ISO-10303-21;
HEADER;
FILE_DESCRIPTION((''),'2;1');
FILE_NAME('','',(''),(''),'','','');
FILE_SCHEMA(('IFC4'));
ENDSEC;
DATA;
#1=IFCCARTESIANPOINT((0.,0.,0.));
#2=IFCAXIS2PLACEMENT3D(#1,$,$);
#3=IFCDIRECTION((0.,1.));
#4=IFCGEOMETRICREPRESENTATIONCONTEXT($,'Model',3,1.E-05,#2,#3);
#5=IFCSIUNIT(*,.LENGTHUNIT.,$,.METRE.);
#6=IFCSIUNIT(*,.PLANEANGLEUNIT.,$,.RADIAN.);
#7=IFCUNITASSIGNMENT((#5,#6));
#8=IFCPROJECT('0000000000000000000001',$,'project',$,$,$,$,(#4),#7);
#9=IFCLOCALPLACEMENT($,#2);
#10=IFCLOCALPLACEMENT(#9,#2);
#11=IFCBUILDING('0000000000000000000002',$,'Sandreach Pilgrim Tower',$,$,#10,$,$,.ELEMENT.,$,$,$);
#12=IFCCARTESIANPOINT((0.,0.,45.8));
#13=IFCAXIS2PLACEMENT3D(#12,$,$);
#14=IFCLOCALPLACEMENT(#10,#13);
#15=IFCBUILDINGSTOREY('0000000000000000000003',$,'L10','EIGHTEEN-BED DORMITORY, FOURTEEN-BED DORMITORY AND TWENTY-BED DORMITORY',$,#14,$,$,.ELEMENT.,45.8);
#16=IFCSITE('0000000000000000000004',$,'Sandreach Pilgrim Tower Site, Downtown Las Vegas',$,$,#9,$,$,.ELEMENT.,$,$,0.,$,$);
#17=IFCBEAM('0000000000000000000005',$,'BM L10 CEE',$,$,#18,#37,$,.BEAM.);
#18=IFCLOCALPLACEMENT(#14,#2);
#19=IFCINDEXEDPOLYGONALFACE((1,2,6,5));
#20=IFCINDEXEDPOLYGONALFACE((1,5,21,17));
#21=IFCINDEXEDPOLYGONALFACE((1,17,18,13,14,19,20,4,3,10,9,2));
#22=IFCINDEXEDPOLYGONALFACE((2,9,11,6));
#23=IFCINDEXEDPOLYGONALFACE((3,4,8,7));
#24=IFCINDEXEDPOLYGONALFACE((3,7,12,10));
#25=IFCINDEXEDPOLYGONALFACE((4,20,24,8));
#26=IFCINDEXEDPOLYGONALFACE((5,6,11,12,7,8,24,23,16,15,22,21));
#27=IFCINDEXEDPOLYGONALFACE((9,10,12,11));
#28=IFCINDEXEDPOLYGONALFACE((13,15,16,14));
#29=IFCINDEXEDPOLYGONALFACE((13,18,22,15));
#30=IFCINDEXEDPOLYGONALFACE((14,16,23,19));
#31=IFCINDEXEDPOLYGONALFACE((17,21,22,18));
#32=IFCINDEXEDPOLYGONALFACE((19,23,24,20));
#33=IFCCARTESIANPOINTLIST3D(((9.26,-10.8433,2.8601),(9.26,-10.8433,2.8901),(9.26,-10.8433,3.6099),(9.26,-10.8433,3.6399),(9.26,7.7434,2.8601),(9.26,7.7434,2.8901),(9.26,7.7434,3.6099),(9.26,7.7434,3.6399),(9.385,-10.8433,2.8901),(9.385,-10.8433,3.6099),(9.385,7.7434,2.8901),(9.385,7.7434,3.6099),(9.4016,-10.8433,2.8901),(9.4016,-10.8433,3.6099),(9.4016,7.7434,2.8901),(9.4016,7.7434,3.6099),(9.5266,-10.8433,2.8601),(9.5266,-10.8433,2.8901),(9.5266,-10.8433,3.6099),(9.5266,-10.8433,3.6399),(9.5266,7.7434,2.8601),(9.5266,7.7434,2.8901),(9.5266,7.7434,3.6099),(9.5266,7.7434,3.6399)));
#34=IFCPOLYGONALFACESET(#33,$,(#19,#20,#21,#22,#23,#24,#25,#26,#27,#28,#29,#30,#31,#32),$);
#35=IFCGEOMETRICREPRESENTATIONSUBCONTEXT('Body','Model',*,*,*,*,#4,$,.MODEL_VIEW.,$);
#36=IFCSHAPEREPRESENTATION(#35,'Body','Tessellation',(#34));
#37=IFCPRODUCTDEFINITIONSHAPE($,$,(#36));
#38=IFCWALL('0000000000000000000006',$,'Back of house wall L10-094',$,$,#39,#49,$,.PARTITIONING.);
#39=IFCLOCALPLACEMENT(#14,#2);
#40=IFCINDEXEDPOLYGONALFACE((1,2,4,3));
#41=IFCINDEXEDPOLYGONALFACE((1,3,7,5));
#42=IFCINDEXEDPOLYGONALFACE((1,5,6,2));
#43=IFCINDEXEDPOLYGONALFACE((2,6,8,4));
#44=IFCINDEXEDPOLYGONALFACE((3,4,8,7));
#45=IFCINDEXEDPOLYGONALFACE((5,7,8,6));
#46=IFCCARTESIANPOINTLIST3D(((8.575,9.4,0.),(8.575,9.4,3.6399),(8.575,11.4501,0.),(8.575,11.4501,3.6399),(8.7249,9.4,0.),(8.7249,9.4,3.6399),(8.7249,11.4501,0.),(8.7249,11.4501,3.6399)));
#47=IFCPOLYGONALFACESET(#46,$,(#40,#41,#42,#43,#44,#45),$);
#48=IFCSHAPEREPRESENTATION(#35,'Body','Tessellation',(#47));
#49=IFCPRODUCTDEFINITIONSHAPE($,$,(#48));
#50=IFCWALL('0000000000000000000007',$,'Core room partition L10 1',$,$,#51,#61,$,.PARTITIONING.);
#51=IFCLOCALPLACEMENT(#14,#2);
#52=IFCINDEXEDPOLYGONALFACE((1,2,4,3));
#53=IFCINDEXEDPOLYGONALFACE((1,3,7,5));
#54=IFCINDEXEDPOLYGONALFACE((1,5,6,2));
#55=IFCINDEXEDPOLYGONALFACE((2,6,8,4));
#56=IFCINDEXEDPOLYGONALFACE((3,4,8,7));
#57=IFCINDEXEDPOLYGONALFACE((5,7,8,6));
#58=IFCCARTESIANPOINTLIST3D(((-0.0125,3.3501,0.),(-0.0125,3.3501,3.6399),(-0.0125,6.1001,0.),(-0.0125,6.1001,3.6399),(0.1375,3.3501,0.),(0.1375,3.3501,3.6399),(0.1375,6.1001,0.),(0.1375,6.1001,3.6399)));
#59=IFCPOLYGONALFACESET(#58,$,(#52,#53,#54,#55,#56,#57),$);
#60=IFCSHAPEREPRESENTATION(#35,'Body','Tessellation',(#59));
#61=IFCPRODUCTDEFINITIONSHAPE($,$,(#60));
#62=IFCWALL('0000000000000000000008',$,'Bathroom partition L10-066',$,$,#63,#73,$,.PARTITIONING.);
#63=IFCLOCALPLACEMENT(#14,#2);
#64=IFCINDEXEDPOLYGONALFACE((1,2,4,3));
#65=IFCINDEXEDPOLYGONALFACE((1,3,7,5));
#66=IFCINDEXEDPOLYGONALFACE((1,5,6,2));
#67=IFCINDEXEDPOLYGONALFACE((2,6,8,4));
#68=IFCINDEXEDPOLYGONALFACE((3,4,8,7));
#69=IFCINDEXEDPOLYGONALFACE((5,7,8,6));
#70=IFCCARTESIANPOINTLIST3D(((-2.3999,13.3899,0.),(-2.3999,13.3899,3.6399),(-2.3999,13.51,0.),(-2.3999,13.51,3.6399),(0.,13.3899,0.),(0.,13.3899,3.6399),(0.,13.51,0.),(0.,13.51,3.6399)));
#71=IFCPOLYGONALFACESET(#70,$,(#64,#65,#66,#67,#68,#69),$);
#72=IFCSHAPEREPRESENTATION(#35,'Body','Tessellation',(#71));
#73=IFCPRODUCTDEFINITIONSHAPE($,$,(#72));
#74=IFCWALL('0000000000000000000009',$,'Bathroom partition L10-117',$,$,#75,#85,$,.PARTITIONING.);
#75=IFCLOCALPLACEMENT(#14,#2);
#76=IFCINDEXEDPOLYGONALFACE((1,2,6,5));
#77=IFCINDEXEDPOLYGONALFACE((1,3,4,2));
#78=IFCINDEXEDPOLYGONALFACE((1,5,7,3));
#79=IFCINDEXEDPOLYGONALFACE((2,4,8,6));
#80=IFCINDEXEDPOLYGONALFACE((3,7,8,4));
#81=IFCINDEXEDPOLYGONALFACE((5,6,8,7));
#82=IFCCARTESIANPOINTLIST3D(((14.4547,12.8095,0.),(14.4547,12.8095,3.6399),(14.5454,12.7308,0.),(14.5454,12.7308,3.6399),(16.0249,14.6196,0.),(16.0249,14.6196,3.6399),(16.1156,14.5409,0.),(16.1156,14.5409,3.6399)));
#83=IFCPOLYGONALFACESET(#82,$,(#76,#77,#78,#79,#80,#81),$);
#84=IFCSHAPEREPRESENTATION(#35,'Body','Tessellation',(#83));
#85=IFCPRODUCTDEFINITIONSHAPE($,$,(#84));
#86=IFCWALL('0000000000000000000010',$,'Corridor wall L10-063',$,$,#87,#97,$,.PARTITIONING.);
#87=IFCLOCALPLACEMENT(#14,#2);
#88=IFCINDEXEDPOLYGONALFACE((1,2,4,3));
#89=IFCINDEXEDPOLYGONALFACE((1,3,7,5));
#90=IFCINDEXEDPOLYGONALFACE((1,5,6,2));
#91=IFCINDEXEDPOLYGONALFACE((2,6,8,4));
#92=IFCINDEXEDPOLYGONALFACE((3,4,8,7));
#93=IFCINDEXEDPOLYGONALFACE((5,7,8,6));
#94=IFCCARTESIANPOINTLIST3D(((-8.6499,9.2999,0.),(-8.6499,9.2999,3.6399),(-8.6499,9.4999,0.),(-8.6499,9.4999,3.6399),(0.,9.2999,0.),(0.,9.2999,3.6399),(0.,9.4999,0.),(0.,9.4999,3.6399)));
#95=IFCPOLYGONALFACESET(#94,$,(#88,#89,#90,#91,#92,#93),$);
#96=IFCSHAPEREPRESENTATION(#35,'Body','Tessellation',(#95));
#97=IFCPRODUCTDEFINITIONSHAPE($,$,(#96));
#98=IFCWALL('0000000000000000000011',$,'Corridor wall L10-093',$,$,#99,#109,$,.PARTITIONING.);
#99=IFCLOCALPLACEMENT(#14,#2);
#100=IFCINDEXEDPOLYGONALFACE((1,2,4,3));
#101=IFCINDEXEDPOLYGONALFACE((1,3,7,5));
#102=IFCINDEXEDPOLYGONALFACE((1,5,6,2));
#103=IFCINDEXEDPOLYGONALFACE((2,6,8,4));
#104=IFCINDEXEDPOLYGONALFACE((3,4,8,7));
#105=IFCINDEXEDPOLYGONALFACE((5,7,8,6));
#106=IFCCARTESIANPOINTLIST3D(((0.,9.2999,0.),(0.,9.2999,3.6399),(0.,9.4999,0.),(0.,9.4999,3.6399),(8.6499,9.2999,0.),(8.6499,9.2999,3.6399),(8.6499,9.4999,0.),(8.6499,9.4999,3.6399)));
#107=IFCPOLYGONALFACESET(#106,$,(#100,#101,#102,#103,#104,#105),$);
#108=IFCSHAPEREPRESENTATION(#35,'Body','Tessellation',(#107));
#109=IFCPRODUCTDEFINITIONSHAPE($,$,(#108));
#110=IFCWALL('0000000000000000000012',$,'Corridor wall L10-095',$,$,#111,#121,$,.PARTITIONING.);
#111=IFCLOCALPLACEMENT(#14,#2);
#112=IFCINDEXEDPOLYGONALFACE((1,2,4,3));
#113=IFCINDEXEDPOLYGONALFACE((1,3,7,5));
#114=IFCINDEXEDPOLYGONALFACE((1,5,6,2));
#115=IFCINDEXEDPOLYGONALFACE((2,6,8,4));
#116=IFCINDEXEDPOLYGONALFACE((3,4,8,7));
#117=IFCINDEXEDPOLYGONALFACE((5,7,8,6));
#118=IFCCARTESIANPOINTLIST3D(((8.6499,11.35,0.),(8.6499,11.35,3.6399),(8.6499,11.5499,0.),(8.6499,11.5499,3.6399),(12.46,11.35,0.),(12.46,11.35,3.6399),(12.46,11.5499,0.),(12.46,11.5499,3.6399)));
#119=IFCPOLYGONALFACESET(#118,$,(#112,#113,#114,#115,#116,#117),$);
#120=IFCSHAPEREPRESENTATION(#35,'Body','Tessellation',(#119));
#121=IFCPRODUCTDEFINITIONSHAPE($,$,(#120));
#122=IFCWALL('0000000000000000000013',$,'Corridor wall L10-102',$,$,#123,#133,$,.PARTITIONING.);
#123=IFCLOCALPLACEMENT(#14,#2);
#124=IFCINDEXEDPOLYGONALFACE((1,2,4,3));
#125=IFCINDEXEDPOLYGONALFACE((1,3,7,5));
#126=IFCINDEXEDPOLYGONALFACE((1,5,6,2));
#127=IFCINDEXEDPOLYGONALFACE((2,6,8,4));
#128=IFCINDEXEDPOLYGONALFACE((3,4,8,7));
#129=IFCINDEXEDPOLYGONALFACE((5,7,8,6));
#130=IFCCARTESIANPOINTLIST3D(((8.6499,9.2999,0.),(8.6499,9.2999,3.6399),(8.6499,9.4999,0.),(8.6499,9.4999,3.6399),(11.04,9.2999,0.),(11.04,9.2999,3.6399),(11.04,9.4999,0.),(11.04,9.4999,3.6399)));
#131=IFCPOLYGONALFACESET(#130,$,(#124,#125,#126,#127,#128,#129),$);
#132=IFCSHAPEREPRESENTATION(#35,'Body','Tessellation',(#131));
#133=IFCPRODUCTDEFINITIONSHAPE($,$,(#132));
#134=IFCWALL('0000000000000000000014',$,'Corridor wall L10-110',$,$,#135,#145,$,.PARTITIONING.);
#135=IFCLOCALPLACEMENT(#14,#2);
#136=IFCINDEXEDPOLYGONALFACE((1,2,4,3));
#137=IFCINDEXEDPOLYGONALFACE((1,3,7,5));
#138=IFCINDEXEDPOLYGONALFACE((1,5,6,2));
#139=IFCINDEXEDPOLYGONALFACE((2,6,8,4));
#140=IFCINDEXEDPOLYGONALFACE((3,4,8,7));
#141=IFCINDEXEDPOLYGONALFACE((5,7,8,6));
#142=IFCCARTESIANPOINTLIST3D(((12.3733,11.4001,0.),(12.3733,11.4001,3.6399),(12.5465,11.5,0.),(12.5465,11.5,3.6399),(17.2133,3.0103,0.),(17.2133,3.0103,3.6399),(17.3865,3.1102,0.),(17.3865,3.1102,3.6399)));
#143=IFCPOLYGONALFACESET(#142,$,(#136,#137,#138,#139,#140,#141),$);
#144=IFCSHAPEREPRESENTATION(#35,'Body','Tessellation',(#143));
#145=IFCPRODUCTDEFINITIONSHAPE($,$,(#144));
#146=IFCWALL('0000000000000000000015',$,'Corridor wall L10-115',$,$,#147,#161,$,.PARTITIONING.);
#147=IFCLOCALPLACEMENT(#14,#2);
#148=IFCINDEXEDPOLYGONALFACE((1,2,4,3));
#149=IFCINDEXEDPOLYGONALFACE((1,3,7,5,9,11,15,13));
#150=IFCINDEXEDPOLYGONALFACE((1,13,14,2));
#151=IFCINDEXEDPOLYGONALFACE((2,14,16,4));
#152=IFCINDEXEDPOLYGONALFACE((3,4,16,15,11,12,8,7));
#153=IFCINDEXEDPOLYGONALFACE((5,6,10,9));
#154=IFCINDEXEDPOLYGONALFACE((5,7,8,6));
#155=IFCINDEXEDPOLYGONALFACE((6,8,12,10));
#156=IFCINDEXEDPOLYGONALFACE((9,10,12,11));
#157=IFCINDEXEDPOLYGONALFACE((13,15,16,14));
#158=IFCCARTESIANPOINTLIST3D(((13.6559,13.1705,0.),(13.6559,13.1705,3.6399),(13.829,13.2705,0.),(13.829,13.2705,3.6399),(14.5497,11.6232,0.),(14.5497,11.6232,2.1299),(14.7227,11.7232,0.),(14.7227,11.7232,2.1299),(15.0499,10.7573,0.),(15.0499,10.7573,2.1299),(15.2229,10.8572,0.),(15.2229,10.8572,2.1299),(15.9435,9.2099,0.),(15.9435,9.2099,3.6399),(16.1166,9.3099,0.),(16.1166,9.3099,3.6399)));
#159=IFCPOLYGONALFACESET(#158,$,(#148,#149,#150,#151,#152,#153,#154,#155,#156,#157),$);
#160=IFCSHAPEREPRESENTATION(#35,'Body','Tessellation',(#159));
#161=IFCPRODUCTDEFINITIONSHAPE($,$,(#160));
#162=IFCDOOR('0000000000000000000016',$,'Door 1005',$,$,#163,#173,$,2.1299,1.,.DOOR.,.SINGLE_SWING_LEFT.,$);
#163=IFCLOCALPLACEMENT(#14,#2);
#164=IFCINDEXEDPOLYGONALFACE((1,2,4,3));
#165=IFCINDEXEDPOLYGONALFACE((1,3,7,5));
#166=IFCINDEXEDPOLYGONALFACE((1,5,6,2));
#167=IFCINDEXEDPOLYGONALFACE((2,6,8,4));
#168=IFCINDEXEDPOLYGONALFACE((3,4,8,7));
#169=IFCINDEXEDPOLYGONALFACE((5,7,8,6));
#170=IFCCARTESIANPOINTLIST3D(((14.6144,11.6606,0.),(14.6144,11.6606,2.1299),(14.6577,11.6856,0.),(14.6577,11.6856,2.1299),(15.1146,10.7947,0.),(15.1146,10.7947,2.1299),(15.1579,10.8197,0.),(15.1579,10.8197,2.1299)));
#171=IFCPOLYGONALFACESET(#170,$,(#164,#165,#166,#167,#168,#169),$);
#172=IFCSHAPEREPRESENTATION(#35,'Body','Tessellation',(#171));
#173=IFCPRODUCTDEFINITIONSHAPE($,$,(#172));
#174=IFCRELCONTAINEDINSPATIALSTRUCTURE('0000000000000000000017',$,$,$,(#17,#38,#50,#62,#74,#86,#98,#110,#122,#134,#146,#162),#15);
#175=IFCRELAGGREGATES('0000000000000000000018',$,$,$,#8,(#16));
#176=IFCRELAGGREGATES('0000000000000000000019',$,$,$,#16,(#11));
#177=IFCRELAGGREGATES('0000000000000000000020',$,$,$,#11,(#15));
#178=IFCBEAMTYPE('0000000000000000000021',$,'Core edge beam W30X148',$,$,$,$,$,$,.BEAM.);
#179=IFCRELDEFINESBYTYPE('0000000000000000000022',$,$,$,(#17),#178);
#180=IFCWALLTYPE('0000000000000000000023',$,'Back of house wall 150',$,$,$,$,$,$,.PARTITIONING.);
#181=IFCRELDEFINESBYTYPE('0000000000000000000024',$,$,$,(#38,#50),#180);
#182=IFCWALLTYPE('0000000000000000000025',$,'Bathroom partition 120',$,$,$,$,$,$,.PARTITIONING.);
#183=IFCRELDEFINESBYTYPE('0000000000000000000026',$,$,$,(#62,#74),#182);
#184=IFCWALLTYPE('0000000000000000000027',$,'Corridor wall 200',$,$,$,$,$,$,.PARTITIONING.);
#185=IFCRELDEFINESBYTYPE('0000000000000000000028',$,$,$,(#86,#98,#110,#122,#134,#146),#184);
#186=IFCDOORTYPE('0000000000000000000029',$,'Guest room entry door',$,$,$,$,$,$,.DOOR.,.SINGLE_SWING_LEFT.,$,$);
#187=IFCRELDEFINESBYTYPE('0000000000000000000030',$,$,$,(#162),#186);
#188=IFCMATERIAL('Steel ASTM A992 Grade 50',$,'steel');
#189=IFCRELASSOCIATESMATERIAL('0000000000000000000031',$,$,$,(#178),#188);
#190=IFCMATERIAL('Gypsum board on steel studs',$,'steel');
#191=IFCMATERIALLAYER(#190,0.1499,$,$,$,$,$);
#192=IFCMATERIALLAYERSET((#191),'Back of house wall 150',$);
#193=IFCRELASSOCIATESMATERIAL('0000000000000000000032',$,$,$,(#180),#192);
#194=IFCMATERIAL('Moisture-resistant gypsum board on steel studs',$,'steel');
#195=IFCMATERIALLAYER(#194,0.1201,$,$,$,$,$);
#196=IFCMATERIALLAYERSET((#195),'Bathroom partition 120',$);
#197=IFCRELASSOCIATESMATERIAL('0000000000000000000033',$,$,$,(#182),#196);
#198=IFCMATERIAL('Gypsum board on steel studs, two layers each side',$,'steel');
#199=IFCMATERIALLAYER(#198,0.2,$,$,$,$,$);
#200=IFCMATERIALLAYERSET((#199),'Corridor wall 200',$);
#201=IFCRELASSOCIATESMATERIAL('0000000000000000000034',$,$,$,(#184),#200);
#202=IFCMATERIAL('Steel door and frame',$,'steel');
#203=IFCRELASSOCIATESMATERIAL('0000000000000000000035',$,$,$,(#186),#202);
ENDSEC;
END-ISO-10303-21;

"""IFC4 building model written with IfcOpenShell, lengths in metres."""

from ifc_helpers import new_model, si_unit, direction, frame, frame_2d, origin, origin_2d, place, context, subcontext, project, spatial, rectangle, i_section, extrude, material, layer, layer_set, material_profile, profile_set, type_object, element, fill, save


model = new_model("IFC4")

# Units and contexts
model_context = context("Model", 3, precision=1e-05, world=origin(), true_north=direction((0.0, 1.0)))
body_context = subcontext(model_context, "Body", "Model", "MODEL_VIEW")
ifc_project = project(units=[si_unit("LENGTHUNIT", "METRE"), si_unit("PLANEANGLEUNIT", "RADIAN")], contexts=[model_context])

# Site, building, storey
site_placement = place(None, origin())
site = spatial("IfcSite", under=ifc_project, at=site_placement, Name="Sandreach Pilgrim Tower Site, Downtown Las Vegas", CompositionType="ELEMENT", RefElevation=0.0)
building_placement = place(site_placement, origin())
building = spatial("IfcBuilding", under=site, at=building_placement, Name="Sandreach Pilgrim Tower", CompositionType="ELEMENT")
storey_placement = place(building_placement, frame((0.0, 0.0, 45.8)))
storey = spatial("IfcBuildingStorey", under=building, at=storey_placement, Name="L10", Description="EIGHTEEN-BED DORMITORY, FOURTEEN-BED DORMITORY AND TWENTY-BED DORMITORY", CompositionType="ELEMENT", Elevation=45.8)

# Beam
ifc_material_1 = material(Name="Steel ASTM A992 Grade 50", Category="steel")
ifc_material_profile = material_profile(ifc_material_1, i_section(OverallWidth=0.2666, OverallDepth=0.7798, WebThickness=0.0166, FlangeThickness=0.03, at=origin_2d()), Name="W30X148")
ifc_profile_set = profile_set([ifc_material_profile], Name="Steel ASTM A992 Grade 50")
beam_type = type_object("IfcBeamType", Name="Core edge beam W30X148", PredefinedType="BEAM", material=ifc_profile_set)
beam_placement = place(storey_placement, frame((9.3933, 7.7434, 3.25), z_axis=(0.0, -1.0, 0.0), x_axis=(1.0, 0.0, 0.0)))
element("IfcBeam", 1, at=beam_placement, inside=storey, type_object=beam_type, Name="BM L10 CEE", PredefinedType="BEAM", context=body_context, shape_type="SweptSolid", body=[
    extrude(i_section(OverallWidth=0.2666, OverallDepth=0.7798, WebThickness=0.0166, FlangeThickness=0.03, at=origin_2d()), origin(), (0.0, 0.0, 1.0), 18.5867),
])

# Walls
ifc_material_2 = material(Name="Gypsum board on steel studs", Category="steel")
ifc_layer_1 = layer(ifc_material_2, 0.1499)
ifc_layer_set_1 = layer_set([ifc_layer_1], Name="Back of house wall 150")
wall_type_1 = type_object("IfcWallType", Name="Back of house wall 150", PredefinedType="PARTITIONING", material=ifc_layer_set_1)
wall_1_placement = place(storey_placement, frame((8.6499, 11.45, 0.0), z_axis=(0.0, 0.0, 1.0), x_axis=(0.0, -1.0, 0.0)))
element("IfcWall", 2, at=wall_1_placement, inside=storey, type_object=wall_type_1, Name="Back of house wall L10-094", PredefinedType="PARTITIONING", context=body_context, shape_type="SweptSolid", body=[
    extrude(rectangle(XDim=2.05, YDim=0.1499, at=frame_2d((1.0249, 0.0))), origin(), (0.0, 0.0, 1.0), 3.6399),
])
wall_2_placement = place(storey_placement, frame((0.0625, 3.3501, 0.0), z_axis=(0.0, 0.0, 1.0), x_axis=(0.0, 1.0, 0.0)))
element("IfcWall", 3, at=wall_2_placement, inside=storey, type_object=wall_type_1, Name="Core room partition L10 1", PredefinedType="PARTITIONING", context=body_context, shape_type="SweptSolid", body=[
    extrude(rectangle(XDim=2.75, YDim=0.1499, at=frame_2d((1.375, 0.0))), origin(), (0.0, 0.0, 1.0), 3.6399),
])
ifc_material_3 = material(Name="Moisture-resistant gypsum board on steel studs", Category="steel")
ifc_layer_2 = layer(ifc_material_3, 0.1201)
ifc_layer_set_2 = layer_set([ifc_layer_2], Name="Bathroom partition 120")
wall_type_2 = type_object("IfcWallType", Name="Bathroom partition 120", PredefinedType="PARTITIONING", material=ifc_layer_set_2)
wall_3_placement = place(storey_placement, frame((0.0, 13.45, 0.0), z_axis=(0.0, 0.0, 1.0), x_axis=(-1.0, 0.0, 0.0)))
element("IfcWall", 4, at=wall_3_placement, inside=storey, type_object=wall_type_2, Name="Bathroom partition L10-066", PredefinedType="PARTITIONING", context=body_context, shape_type="SweptSolid", body=[
    extrude(rectangle(XDim=2.3999, YDim=0.1201, at=frame_2d((1.2, 0.0))), origin(), (0.0, 0.0, 1.0), 3.6399),
])
wall_4_placement = place(storey_placement, frame((14.5, 12.77, 0.0), z_axis=(0.0, 0.0, 1.0), x_axis=(0.655252, 0.75541, 0.0)))
element("IfcWall", 5, at=wall_4_placement, inside=storey, type_object=wall_type_2, Name="Bathroom partition L10-117", PredefinedType="PARTITIONING", context=body_context, shape_type="SweptSolid", body=[
    extrude(rectangle(XDim=2.3962, YDim=0.1201, at=frame_2d((1.1982, 0.0))), origin(), (0.0, 0.0, 1.0), 3.6399),
])

# Wall
ifc_material_4 = material(Name="Gypsum board on steel studs, two layers each side", Category="steel")
ifc_layer_3 = layer(ifc_material_4, 0.2)
ifc_layer_set_3 = layer_set([ifc_layer_3], Name="Corridor wall 200")
wall_type_3 = type_object("IfcWallType", Name="Corridor wall 200", PredefinedType="PARTITIONING", material=ifc_layer_set_3)
wall_5_placement = place(storey_placement, frame((0.0, 9.3999, 0.0), z_axis=(0.0, 0.0, 1.0), x_axis=(-1.0, 0.0, 0.0)))
element("IfcWall", 6, at=wall_5_placement, inside=storey, type_object=wall_type_3, Name="Corridor wall L10-063", PredefinedType="PARTITIONING", context=body_context, shape_type="SweptSolid", body=[
    extrude(rectangle(XDim=8.6499, YDim=0.2, at=frame_2d((4.325, 0.0))), origin(), (0.0, 0.0, 1.0), 3.6399),
])

# Walls
wall_6_placement = place(storey_placement, frame((8.6499, 9.3999, 0.0), z_axis=(0.0, 0.0, 1.0), x_axis=(-1.0, 0.0, 0.0)))
element("IfcWall", 7, at=wall_6_placement, inside=storey, type_object=wall_type_3, Name="Corridor wall L10-093", PredefinedType="PARTITIONING", context=body_context, shape_type="SweptSolid", body=[
    extrude(rectangle(XDim=8.6499, YDim=0.2, at=frame_2d((4.325, 0.0))), origin(), (0.0, 0.0, 1.0), 3.6399),
])
wall_7_placement = place(storey_placement, frame((8.6499, 11.45, 0.0), z_axis=(0.0, 0.0, 1.0), x_axis=(1.0, 0.0, 0.0)))
element("IfcWall", 8, at=wall_7_placement, inside=storey, type_object=wall_type_3, Name="Corridor wall L10-095", PredefinedType="PARTITIONING", context=body_context, shape_type="SweptSolid", body=[
    extrude(rectangle(XDim=3.8101, YDim=0.2, at=frame_2d((1.905, 0.0))), origin(), (0.0, 0.0, 1.0), 3.6399),
])
wall_8_placement = place(storey_placement, frame((11.04, 9.3999, 0.0), z_axis=(0.0, 0.0, 1.0), x_axis=(-1.0, 0.0, 0.0)))
element("IfcWall", 9, at=wall_8_placement, inside=storey, type_object=wall_type_3, Name="Corridor wall L10-102", PredefinedType="PARTITIONING", context=body_context, shape_type="SweptSolid", body=[
    extrude(rectangle(XDim=2.3901, YDim=0.2, at=frame_2d((1.1951, 0.0))), origin(), (0.0, 0.0, 1.0), 3.6399),
])
wall_9_placement = place(storey_placement, frame((12.46, 11.45, 0.0), z_axis=(0.0, 0.0, 1.0), x_axis=(0.499704, -0.866196, 0.0)))
element("IfcWall", 10, at=wall_9_placement, inside=storey, type_object=wall_type_3, Name="Corridor wall L10-110", PredefinedType="PARTITIONING", context=body_context, shape_type="SweptSolid", body=[
    extrude(rectangle(XDim=9.6858, YDim=0.2, at=frame_2d((4.8428, 0.0))), origin(), (0.0, 0.0, 1.0), 3.6399),
])

# Wall, opening, door
wall_10_placement = place(storey_placement, frame((13.7424, 13.2205, 0.0), z_axis=(0.0, 0.0, 1.0), x_axis=(0.500169, -0.865928, 0.0)))
wall_10 = element("IfcWall", 11, at=wall_10_placement, inside=storey, type_object=wall_type_3, Name="Corridor wall L10-115", PredefinedType="PARTITIONING", context=body_context, shape_type="SweptSolid", body=[
    extrude(rectangle(XDim=4.5737, YDim=0.2, at=frame_2d((2.2869, 0.0))), origin(), (0.0, 0.0, 1.0), 3.6399),
])
opening_1_placement = place(wall_10_placement, frame((1.7869, 0.0, 0.0)))
opening_1 = element("IfcOpeningElement", 12, at=opening_1_placement, cuts=wall_10, PredefinedType="OPENING", context=body_context, shape_type="SweptSolid", body=[
    extrude(rectangle(XDim=1.0, YDim=2.1299, at=frame_2d((0.5, 1.0649))), frame((0.0, 0.1001, 0.0), z_axis=(0.0, -1.0, 0.0), x_axis=(1.0, 0.0, 0.0)), (0.0, 0.0, 1.0), 0.2),
])
ifc_material_5 = material(Name="Steel door and frame", Category="steel")
door_type_1 = type_object("IfcDoorType", Name="Guest room entry door", OperationType="SINGLE_SWING_LEFT", PredefinedType="DOOR", material=ifc_material_5)
door_1_placement = place(opening_1_placement, origin())
door_1 = element("IfcDoor", 13, at=door_1_placement, inside=storey, type_object=door_type_1, Name="Door 1005", OperationType="SINGLE_SWING_LEFT", OverallHeight=2.1299, OverallWidth=1.0, PredefinedType="DOOR", context=body_context, shape_type="SweptSolid", body=[
    extrude(rectangle(XDim=1.0, YDim=2.1299, at=frame_2d((0.5, 1.0649))), frame((0.0, 0.0249, 0.0), z_axis=(0.0, -1.0, 0.0), x_axis=(1.0, 0.0, 0.0)), (0.0, 0.0, 1.0), 0.05),
])
fill(opening_1, door_1)

save(model, "model.ifc")
